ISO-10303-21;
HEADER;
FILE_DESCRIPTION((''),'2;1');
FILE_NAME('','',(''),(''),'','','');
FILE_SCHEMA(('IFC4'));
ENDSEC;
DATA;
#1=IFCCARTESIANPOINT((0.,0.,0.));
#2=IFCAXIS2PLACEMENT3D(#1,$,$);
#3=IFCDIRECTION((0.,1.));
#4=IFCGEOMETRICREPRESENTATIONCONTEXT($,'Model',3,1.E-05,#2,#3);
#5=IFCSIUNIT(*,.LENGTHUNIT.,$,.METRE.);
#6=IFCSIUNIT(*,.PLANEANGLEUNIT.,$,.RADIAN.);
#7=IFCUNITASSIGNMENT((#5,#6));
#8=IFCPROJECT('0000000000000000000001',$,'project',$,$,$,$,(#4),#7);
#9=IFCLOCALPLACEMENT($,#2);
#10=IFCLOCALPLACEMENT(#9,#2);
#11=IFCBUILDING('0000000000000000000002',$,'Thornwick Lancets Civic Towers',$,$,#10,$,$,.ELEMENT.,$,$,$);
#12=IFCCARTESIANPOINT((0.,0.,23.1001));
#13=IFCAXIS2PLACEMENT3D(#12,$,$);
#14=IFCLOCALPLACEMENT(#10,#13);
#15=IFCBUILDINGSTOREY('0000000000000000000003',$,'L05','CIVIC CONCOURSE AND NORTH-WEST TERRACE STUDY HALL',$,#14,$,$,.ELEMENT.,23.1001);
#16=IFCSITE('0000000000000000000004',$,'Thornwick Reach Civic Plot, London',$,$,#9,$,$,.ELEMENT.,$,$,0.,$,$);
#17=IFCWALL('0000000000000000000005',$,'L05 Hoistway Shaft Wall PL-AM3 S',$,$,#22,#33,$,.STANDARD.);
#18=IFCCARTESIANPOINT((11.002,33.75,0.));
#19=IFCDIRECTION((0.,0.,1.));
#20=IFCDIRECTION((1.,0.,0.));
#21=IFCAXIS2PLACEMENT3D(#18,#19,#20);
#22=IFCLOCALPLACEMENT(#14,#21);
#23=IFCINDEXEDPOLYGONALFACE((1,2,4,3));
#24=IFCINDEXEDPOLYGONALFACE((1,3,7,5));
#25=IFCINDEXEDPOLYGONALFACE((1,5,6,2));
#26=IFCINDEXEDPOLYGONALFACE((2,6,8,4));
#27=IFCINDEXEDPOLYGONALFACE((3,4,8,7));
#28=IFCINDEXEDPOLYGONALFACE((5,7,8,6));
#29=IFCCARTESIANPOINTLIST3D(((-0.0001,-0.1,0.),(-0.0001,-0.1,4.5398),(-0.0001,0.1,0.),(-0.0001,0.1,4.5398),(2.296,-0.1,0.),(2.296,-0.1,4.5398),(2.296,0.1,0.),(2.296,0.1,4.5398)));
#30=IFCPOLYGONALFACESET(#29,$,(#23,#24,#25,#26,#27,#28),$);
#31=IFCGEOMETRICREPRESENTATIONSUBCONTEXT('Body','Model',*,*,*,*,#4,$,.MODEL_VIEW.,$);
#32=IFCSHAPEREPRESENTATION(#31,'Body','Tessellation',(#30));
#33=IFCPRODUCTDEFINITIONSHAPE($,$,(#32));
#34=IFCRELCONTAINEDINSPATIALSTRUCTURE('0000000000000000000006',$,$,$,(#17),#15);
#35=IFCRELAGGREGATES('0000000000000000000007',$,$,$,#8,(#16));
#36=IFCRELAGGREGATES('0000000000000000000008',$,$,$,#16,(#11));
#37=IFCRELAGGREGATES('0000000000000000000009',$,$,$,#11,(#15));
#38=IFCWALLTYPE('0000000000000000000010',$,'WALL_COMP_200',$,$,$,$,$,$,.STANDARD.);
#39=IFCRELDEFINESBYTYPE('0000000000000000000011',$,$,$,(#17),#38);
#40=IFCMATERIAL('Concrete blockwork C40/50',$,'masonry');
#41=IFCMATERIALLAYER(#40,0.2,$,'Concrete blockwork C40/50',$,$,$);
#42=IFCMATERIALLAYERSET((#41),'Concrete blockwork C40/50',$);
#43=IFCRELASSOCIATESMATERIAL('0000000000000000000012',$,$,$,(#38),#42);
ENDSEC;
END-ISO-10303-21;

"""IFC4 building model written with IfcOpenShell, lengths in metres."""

from ifc_helpers import new_model, si_unit, direction, frame, frame_2d, origin, place, context, subcontext, project, spatial, rectangle, extrude, material, layer, layer_set, type_object, element, save


model = new_model("IFC4")

# Units and contexts
model_context = context("Model", 3, precision=1e-05, world=origin(), true_north=direction((0.0, 1.0)))
body_context = subcontext(model_context, "Body", "Model", "MODEL_VIEW")
ifc_project = project(units=[si_unit("LENGTHUNIT", "METRE"), si_unit("PLANEANGLEUNIT", "RADIAN")], contexts=[model_context])

# Site, building, storey
site_placement = place(None, origin())
site = spatial("IfcSite", under=ifc_project, at=site_placement, Name="Thornwick Reach Civic Plot, London", CompositionType="ELEMENT", RefElevation=0.0)
building_placement = place(site_placement, origin())
building = spatial("IfcBuilding", under=site, at=building_placement, Name="Thornwick Lancets Civic Towers", CompositionType="ELEMENT")
storey_placement = place(building_placement, frame((0.0, 0.0, 23.1001)))
storey = spatial("IfcBuildingStorey", under=building, at=storey_placement, Name="L05", Description="CIVIC CONCOURSE AND NORTH-WEST TERRACE STUDY HALL", CompositionType="ELEMENT", Elevation=23.1001)

# Wall
ifc_material_1 = material(Name="Concrete blockwork C40/50", Category="masonry")
ifc_layer_1 = layer(ifc_material_1, 0.2, Name="Concrete blockwork C40/50")
ifc_layer_set_1 = layer_set([ifc_layer_1], Name="Concrete blockwork C40/50")
wall_type_1 = type_object("IfcWallType", Name="WALL_COMP_200", PredefinedType="STANDARD", material=ifc_layer_set_1)
wall_1_placement = place(storey_placement, frame((11.002, 33.75, 0.0), z_axis=(0.0, 0.0, 1.0), x_axis=(1.0, 0.0, 0.0)))
element("IfcWall", 1, at=wall_1_placement, inside=storey, type_object=wall_type_1, Name="L05 Hoistway Shaft Wall PL-AM3 S", PredefinedType="STANDARD", context=body_context, shape_type="SweptSolid", body=[
    extrude(rectangle(XDim=2.2961, YDim=0.2, at=frame_2d((1.1479, 0.0))), origin(), (0.0, 0.0, 1.0), 4.5398),
])

save(model, "model.ifc")
